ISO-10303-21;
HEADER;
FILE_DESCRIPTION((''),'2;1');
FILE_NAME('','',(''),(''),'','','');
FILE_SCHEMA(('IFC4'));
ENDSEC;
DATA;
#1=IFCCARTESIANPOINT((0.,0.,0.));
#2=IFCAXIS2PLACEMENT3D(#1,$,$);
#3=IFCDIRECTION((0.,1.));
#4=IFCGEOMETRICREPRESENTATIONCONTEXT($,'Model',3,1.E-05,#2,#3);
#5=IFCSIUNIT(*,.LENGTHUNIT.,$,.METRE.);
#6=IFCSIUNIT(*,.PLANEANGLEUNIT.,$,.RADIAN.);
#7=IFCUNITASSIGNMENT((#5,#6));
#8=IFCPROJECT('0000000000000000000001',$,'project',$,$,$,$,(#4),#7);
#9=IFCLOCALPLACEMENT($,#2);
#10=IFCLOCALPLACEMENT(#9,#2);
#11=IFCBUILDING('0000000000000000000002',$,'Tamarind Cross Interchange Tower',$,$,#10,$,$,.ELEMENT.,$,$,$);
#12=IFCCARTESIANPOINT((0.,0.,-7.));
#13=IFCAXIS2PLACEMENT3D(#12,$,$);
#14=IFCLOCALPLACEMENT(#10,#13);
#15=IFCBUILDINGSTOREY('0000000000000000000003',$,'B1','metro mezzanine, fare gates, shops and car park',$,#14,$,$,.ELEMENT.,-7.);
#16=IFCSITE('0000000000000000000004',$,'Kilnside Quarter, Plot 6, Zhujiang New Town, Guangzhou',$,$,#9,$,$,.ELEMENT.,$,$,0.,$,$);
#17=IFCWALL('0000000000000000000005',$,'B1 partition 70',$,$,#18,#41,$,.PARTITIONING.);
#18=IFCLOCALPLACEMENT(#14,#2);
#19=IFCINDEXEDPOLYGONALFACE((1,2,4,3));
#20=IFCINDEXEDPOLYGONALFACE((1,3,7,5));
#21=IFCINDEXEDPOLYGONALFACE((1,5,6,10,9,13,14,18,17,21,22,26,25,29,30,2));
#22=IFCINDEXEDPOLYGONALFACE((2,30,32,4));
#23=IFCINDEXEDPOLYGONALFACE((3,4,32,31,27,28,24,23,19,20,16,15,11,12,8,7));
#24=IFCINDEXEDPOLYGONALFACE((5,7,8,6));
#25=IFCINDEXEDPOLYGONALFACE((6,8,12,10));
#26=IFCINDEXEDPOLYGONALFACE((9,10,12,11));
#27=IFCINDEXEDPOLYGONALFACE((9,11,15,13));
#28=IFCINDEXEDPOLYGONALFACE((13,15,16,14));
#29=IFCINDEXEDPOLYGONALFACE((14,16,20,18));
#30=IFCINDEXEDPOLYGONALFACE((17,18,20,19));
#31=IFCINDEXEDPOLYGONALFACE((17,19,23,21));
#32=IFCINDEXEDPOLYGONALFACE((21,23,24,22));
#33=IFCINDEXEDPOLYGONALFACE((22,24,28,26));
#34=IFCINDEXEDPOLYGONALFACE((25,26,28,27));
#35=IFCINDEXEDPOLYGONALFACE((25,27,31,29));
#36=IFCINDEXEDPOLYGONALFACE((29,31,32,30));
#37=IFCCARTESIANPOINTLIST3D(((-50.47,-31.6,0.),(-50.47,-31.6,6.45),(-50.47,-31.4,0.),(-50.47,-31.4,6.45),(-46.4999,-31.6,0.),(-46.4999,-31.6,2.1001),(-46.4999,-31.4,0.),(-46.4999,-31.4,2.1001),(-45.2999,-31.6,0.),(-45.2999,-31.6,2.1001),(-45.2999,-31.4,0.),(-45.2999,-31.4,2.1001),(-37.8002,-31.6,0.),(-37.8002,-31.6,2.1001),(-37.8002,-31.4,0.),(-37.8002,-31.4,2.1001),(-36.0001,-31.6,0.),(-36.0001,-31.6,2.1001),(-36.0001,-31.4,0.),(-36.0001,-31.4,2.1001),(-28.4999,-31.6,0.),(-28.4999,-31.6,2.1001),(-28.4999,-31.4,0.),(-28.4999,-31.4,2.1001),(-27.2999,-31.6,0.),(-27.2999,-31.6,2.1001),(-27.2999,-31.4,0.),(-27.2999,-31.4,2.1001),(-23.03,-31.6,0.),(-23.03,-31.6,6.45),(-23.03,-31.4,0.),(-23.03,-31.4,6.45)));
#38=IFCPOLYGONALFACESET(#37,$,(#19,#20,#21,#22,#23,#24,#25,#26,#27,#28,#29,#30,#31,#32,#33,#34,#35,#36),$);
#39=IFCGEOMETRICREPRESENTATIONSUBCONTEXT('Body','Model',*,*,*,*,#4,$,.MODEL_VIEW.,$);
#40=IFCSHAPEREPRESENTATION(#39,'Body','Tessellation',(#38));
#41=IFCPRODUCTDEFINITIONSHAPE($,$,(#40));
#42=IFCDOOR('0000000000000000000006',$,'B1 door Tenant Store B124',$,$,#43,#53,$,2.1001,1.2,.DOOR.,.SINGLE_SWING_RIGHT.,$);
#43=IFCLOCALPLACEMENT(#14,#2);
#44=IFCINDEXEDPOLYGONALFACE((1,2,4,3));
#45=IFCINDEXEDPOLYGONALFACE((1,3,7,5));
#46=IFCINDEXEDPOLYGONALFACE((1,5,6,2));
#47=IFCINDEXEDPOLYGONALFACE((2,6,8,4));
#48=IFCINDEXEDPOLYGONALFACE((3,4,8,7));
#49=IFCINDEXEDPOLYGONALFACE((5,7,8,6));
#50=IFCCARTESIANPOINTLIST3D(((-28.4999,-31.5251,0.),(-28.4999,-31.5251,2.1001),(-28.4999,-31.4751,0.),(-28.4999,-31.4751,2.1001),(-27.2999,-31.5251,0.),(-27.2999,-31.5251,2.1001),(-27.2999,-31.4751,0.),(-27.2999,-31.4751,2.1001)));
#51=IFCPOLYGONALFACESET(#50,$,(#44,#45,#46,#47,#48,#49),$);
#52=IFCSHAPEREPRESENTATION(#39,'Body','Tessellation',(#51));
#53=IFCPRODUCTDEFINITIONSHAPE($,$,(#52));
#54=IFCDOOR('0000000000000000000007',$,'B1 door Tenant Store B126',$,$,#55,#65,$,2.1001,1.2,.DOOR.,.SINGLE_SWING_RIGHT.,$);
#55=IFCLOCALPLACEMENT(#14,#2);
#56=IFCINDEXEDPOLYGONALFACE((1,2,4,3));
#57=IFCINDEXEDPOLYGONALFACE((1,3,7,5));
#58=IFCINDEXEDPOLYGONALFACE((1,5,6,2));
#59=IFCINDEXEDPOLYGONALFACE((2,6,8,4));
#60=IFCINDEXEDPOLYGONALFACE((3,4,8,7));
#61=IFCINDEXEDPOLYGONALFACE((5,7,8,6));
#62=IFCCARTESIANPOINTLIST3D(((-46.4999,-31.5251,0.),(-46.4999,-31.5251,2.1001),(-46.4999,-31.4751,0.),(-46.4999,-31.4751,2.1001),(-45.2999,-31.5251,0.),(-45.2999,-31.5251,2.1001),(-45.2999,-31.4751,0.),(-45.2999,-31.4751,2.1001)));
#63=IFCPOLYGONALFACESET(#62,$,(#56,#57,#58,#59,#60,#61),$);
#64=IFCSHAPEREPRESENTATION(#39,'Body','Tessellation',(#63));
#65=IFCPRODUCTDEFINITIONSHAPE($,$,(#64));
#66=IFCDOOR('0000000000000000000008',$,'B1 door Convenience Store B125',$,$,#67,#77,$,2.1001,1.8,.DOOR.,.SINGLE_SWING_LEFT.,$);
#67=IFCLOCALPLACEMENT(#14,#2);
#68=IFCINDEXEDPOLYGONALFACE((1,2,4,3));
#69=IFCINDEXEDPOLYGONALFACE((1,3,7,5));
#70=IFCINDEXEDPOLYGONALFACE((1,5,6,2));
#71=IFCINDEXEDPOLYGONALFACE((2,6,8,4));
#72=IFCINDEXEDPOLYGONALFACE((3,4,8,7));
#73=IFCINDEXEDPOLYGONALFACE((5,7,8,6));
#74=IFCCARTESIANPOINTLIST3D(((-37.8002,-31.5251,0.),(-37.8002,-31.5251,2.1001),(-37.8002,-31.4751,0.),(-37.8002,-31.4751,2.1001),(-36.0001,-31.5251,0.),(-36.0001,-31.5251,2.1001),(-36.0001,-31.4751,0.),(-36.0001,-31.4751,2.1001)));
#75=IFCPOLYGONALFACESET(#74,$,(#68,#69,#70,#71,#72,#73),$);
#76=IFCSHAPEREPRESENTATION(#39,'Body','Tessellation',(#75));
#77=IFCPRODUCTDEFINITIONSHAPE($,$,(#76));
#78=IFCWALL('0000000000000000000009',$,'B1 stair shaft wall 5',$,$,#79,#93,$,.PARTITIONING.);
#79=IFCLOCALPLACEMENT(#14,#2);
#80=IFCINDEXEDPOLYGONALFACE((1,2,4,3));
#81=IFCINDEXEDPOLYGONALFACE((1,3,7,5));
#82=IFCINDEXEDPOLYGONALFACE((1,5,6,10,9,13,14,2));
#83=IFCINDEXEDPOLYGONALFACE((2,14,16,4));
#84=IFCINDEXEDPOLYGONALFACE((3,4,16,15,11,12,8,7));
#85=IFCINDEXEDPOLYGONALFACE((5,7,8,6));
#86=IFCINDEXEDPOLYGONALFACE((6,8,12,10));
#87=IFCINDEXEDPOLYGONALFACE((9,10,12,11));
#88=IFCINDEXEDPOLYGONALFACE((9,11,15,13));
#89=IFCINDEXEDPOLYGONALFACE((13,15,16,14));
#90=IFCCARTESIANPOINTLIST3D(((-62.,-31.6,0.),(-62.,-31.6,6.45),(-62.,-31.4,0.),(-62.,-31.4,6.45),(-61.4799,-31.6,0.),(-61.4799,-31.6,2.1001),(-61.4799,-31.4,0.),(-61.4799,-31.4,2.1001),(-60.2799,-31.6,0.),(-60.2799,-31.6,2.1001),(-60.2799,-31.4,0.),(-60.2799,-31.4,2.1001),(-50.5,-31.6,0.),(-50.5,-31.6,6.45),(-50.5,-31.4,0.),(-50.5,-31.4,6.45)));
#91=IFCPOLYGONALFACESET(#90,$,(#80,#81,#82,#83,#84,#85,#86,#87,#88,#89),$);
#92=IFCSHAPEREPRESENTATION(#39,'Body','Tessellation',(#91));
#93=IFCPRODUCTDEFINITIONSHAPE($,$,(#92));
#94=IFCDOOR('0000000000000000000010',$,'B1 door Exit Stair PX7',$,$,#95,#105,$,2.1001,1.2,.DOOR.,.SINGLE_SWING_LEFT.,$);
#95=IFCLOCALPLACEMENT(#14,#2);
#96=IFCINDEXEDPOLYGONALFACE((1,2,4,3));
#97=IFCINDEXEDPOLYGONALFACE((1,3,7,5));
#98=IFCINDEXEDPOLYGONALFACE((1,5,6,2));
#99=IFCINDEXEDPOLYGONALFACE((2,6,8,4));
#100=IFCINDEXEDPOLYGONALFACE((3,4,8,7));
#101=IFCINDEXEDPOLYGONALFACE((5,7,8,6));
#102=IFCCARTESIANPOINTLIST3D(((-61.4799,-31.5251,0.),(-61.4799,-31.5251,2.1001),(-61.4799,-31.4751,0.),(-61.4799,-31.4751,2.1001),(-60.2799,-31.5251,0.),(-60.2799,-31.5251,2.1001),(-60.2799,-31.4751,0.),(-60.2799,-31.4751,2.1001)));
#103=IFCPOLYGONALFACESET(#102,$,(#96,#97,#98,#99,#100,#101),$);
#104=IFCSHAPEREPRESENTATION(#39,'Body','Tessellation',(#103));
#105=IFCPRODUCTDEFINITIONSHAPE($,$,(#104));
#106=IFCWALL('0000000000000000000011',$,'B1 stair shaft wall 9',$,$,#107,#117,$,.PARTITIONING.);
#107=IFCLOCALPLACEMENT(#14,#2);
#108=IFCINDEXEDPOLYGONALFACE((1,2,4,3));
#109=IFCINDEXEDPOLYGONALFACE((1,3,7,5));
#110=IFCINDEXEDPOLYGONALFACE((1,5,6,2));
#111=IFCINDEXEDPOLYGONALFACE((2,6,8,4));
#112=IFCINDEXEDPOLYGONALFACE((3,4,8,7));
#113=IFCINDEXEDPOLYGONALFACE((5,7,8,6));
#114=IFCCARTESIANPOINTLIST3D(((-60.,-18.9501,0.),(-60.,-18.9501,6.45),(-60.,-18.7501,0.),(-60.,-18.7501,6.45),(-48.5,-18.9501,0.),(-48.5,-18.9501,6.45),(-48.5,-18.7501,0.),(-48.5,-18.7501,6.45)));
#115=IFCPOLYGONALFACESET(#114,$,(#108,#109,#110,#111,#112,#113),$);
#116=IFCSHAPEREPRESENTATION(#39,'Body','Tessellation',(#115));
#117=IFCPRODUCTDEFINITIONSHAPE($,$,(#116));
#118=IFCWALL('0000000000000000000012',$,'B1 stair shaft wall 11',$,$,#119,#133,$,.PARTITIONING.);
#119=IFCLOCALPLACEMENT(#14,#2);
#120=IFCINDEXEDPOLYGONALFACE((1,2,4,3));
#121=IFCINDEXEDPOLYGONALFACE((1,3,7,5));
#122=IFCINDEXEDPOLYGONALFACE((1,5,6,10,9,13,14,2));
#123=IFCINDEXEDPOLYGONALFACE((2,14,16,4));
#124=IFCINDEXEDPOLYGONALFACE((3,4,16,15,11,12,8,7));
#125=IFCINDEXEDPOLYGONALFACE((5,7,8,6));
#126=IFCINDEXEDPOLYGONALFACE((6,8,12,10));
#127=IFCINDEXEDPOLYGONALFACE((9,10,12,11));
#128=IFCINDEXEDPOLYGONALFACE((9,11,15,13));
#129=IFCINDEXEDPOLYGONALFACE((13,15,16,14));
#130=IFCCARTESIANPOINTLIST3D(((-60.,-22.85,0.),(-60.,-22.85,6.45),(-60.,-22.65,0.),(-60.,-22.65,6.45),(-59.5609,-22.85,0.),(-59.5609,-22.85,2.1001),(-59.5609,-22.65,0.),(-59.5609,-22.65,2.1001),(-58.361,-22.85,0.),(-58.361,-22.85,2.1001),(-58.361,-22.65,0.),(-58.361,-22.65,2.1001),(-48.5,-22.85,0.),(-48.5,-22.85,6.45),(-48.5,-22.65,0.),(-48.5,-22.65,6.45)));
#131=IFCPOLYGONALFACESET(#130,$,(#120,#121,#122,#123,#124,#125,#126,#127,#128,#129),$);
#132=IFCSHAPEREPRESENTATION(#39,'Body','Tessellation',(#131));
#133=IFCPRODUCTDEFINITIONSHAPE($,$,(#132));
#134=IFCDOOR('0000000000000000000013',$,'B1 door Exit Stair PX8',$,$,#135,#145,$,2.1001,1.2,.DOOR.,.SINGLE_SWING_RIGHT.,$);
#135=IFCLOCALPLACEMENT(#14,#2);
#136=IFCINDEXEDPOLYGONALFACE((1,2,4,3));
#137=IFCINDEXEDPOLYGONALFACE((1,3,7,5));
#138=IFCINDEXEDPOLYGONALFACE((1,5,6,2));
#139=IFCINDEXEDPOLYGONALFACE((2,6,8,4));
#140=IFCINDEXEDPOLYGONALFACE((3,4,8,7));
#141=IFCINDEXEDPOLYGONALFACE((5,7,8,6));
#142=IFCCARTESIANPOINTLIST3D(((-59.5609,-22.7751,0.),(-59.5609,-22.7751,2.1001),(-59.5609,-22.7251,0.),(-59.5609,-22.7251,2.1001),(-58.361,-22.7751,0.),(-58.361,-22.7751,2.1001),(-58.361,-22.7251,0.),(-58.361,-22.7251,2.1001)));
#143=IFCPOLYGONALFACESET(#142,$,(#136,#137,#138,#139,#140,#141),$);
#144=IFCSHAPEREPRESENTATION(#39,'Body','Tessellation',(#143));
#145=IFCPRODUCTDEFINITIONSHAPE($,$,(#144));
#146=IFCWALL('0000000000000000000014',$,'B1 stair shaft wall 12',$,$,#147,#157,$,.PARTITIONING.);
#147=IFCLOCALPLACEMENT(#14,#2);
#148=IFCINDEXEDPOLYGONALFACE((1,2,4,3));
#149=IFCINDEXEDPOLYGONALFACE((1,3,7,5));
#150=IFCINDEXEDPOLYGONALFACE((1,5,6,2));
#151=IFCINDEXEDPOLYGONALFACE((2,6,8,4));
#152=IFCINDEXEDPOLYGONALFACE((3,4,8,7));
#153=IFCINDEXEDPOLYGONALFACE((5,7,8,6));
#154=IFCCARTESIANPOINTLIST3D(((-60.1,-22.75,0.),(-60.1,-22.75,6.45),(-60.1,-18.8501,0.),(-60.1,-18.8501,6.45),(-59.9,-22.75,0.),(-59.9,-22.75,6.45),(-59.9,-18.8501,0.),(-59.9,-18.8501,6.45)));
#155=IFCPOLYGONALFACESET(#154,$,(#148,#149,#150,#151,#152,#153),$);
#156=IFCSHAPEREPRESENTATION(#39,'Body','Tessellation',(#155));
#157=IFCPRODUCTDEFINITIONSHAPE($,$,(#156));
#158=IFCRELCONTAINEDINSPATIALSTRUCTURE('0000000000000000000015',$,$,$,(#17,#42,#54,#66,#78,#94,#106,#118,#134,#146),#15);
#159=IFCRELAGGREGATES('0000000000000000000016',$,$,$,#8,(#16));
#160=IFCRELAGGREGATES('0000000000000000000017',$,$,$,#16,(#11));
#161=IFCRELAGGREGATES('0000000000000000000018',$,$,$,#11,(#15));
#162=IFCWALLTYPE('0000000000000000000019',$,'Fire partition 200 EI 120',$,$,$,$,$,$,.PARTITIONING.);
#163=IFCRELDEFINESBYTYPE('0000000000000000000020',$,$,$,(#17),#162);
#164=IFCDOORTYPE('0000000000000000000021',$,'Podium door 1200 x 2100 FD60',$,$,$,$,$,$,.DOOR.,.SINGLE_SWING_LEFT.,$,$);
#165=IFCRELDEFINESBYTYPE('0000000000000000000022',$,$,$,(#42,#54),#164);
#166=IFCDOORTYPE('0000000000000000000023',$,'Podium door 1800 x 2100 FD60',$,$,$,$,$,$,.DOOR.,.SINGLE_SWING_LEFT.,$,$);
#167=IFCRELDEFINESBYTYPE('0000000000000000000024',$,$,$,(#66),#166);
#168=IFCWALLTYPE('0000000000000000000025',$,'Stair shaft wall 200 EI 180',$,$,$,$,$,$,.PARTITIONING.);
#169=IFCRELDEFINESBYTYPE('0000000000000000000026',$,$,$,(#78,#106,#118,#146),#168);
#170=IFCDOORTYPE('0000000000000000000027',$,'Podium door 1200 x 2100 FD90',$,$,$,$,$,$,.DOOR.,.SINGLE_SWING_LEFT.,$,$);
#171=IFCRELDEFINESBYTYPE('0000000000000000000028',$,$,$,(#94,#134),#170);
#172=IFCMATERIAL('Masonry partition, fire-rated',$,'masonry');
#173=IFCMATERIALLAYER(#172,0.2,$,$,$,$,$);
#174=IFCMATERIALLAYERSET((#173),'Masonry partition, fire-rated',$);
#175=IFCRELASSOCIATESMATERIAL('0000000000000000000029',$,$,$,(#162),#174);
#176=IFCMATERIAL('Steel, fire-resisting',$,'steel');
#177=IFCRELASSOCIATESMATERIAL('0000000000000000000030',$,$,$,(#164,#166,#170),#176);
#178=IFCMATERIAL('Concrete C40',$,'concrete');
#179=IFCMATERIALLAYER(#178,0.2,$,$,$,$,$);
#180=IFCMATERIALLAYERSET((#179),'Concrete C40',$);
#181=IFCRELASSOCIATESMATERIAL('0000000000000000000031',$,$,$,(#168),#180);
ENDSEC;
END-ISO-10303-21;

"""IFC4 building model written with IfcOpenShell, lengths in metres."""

from ifc_helpers import new_model, si_unit, direction, frame, frame_2d, origin, place, context, subcontext, project, spatial, rectangle, extrude, material, layer, layer_set, type_object, element, fill, save


model = new_model("IFC4")

# Units and contexts
model_context = context("Model", 3, precision=1e-05, world=origin(), true_north=direction((0.0, 1.0)))
body_context = subcontext(model_context, "Body", "Model", "MODEL_VIEW")
ifc_project = project(units=[si_unit("LENGTHUNIT", "METRE"), si_unit("PLANEANGLEUNIT", "RADIAN")], contexts=[model_context])

# Site, building, storey
site_placement = place(None, origin())
site = spatial("IfcSite", under=ifc_project, at=site_placement, Name="Kilnside Quarter, Plot 6, Zhujiang New Town, Guangzhou", CompositionType="ELEMENT", RefElevation=0.0)
building_placement = place(site_placement, origin())
building = spatial("IfcBuilding", under=site, at=building_placement, Name="Tamarind Cross Interchange Tower", CompositionType="ELEMENT")
storey_placement = place(building_placement, frame((0.0, 0.0, -7.0)))
storey = spatial("IfcBuildingStorey", under=building, at=storey_placement, Name="B1", Description="metro mezzanine, fare gates, shops and car park", CompositionType="ELEMENT", Elevation=-7.0)

# Shared definitions
ifc_material_1 = material(Name="Masonry partition, fire-rated", Category="masonry")
ifc_layer_1 = layer(ifc_material_1, 0.2)
ifc_layer_set_1 = layer_set([ifc_layer_1], Name="Masonry partition, fire-rated")
wall_type_1 = type_object("IfcWallType", Name="Fire partition 200 EI 120", PredefinedType="PARTITIONING", material=ifc_layer_set_1)
ifc_material_2 = material(Name="Steel, fire-resisting", Category="steel")
door_type_1 = type_object("IfcDoorType", Name="Podium door 1200 x 2100 FD60", OperationType="SINGLE_SWING_LEFT", PredefinedType="DOOR", material=ifc_material_2)

# Shared definitions
door_type_2 = type_object("IfcDoorType", Name="Podium door 1800 x 2100 FD60", OperationType="SINGLE_SWING_LEFT", PredefinedType="DOOR", material=ifc_material_2)

# Wall, openings, doors
wall_1_placement = place(storey_placement, frame((-50.47, -31.5, 0.0), z_axis=(0.0, 0.0, 1.0), x_axis=(1.0, 0.0, 0.0)))
wall_1 = element("IfcWall", 1, at=wall_1_placement, inside=storey, type_object=wall_type_1, Name="B1 partition 70", PredefinedType="PARTITIONING", context=body_context, shape_type="SweptSolid", body=[
    extrude(rectangle(XDim=27.4399, YDim=0.2, at=frame_2d((13.72, 0.0))), origin(), (0.0, 0.0, 1.0), 6.45),
])
opening_1_placement = place(wall_1_placement, frame((21.97, 0.0, 0.0)))
opening_1 = element("IfcOpeningElement", 2, at=opening_1_placement, cuts=wall_1, PredefinedType="OPENING", context=body_context, shape_type="SweptSolid", body=[
    extrude(rectangle(XDim=1.2, YDim=2.1001, at=frame_2d((0.6001, 1.05))), frame((0.0, 0.1099, 0.0), z_axis=(0.0, -1.0, 0.0), x_axis=(1.0, 0.0, 0.0)), (0.0, 0.0, 1.0), 0.22),
])
opening_2_placement = place(wall_1_placement, frame((12.6699, 0.0, 0.0)))
opening_2 = element("IfcOpeningElement", 3, at=opening_2_placement, cuts=wall_1, PredefinedType="OPENING", context=body_context, shape_type="SweptSolid", body=[
    extrude(rectangle(XDim=1.8, YDim=2.1001, at=frame_2d((0.8999, 1.05))), frame((0.0, 0.1099, 0.0), z_axis=(0.0, -1.0, 0.0), x_axis=(1.0, 0.0, 0.0)), (0.0, 0.0, 1.0), 0.22),
])
opening_3_placement = place(wall_1_placement, frame((3.97, 0.0, 0.0)))
opening_3 = element("IfcOpeningElement", 4, at=opening_3_placement, cuts=wall_1, PredefinedType="OPENING", context=body_context, shape_type="SweptSolid", body=[
    extrude(rectangle(XDim=1.2, YDim=2.1001, at=frame_2d((0.6001, 1.05))), frame((0.0, 0.1099, 0.0), z_axis=(0.0, -1.0, 0.0), x_axis=(1.0, 0.0, 0.0)), (0.0, 0.0, 1.0), 0.22),
])
door_1_placement = place(opening_1_placement, origin())
door_1 = element("IfcDoor", 5, at=door_1_placement, inside=storey, type_object=door_type_1, Name="B1 door Tenant Store B124", OperationType="SINGLE_SWING_RIGHT", OverallHeight=2.1001, OverallWidth=1.2, PredefinedType="DOOR", context=body_context, shape_type="SweptSolid", body=[
    extrude(rectangle(XDim=1.2, YDim=2.1001, at=frame_2d((0.6001, 1.05))), frame((0.0, 0.0249, 0.0), z_axis=(0.0, -1.0, 0.0), x_axis=(1.0, 0.0, 0.0)), (0.0, 0.0, 1.0), 0.05),
])
fill(opening_1, door_1)
door_2_placement = place(opening_3_placement, origin())
door_2 = element("IfcDoor", 6, at=door_2_placement, inside=storey, type_object=door_type_1, Name="B1 door Tenant Store B126", OperationType="SINGLE_SWING_RIGHT", OverallHeight=2.1001, OverallWidth=1.2, PredefinedType="DOOR", context=body_context, shape_type="SweptSolid", body=[
    extrude(rectangle(XDim=1.2, YDim=2.1001, at=frame_2d((0.6001, 1.05))), frame((0.0, 0.0249, 0.0), z_axis=(0.0, -1.0, 0.0), x_axis=(1.0, 0.0, 0.0)), (0.0, 0.0, 1.0), 0.05),
])
fill(opening_3, door_2)
door_3_placement = place(opening_2_placement, origin())
door_3 = element("IfcDoor", 7, at=door_3_placement, inside=storey, type_object=door_type_2, Name="B1 door Convenience Store B125", OperationType="SINGLE_SWING_LEFT", OverallHeight=2.1001, OverallWidth=1.8, PredefinedType="DOOR", context=body_context, shape_type="SweptSolid", body=[
    extrude(rectangle(XDim=1.8, YDim=2.1001, at=frame_2d((0.8999, 1.05))), frame((0.0, 0.0249, 0.0), z_axis=(0.0, -1.0, 0.0), x_axis=(1.0, 0.0, 0.0)), (0.0, 0.0, 1.0), 0.05),
])
fill(opening_2, door_3)

# Wall, opening, door
ifc_material_3 = material(Name="Concrete C40", Category="concrete")
ifc_layer_2 = layer(ifc_material_3, 0.2)
ifc_layer_set_2 = layer_set([ifc_layer_2], Name="Concrete C40")
wall_type_2 = type_object("IfcWallType", Name="Stair shaft wall 200 EI 180", PredefinedType="PARTITIONING", material=ifc_layer_set_2)
wall_2_placement = place(storey_placement, frame((-62.0, -31.5, 0.0), z_axis=(0.0, 0.0, 1.0), x_axis=(1.0, 0.0, 0.0)))
wall_2 = element("IfcWall", 8, at=wall_2_placement, inside=storey, type_object=wall_type_2, Name="B1 stair shaft wall 5", PredefinedType="PARTITIONING", context=body_context, shape_type="SweptSolid", body=[
    extrude(rectangle(XDim=11.5, YDim=0.2, at=frame_2d((5.75, 0.0))), origin(), (0.0, 0.0, 1.0), 6.45),
])
opening_4_placement = place(wall_2_placement, frame((0.52, 0.0, 0.0)))
opening_4 = element("IfcOpeningElement", 9, at=opening_4_placement, cuts=wall_2, PredefinedType="OPENING", context=body_context, shape_type="SweptSolid", body=[
    extrude(rectangle(XDim=1.2, YDim=2.1001, at=frame_2d((0.6001, 1.05))), frame((0.0, 0.1099, 0.0), z_axis=(0.0, -1.0, 0.0), x_axis=(1.0, 0.0, 0.0)), (0.0, 0.0, 1.0), 0.22),
])
door_type_3 = type_object("IfcDoorType", Name="Podium door 1200 x 2100 FD90", OperationType="SINGLE_SWING_LEFT", PredefinedType="DOOR", material=ifc_material_2)
door_4_placement = place(opening_4_placement, origin())
door_4 = element("IfcDoor", 10, at=door_4_placement, inside=storey, type_object=door_type_3, Name="B1 door Exit Stair PX7", OperationType="SINGLE_SWING_LEFT", OverallHeight=2.1001, OverallWidth=1.2, PredefinedType="DOOR", context=body_context, shape_type="SweptSolid", body=[
    extrude(rectangle(XDim=1.2, YDim=2.1001, at=frame_2d((0.6001, 1.05))), frame((0.0, 0.0249, 0.0), z_axis=(0.0, -1.0, 0.0), x_axis=(1.0, 0.0, 0.0)), (0.0, 0.0, 1.0), 0.05),
])
fill(opening_4, door_4)

# Wall
wall_3_placement = place(storey_placement, frame((-60.0, -18.8501, 0.0), z_axis=(0.0, 0.0, 1.0), x_axis=(1.0, 0.0, 0.0)))
element("IfcWall", 11, at=wall_3_placement, inside=storey, type_object=wall_type_2, Name="B1 stair shaft wall 9", PredefinedType="PARTITIONING", context=body_context, shape_type="SweptSolid", body=[
    extrude(rectangle(XDim=11.5, YDim=0.2, at=frame_2d((5.75, 0.0))), origin(), (0.0, 0.0, 1.0), 6.45),
])

# Wall, opening, door
wall_4_placement = place(storey_placement, frame((-60.0, -22.75, 0.0), z_axis=(0.0, 0.0, 1.0), x_axis=(1.0, 0.0, 0.0)))
wall_4 = element("IfcWall", 12, at=wall_4_placement, inside=storey, type_object=wall_type_2, Name="B1 stair shaft wall 11", PredefinedType="PARTITIONING", context=body_context, shape_type="SweptSolid", body=[
    extrude(rectangle(XDim=11.5, YDim=0.2, at=frame_2d((5.75, 0.0))), origin(), (0.0, 0.0, 1.0), 6.45),
])
opening_5_placement = place(wall_4_placement, frame((0.439, 0.0, 0.0)))
opening_5 = element("IfcOpeningElement", 13, at=opening_5_placement, cuts=wall_4, PredefinedType="OPENING", context=body_context, shape_type="SweptSolid", body=[
    extrude(rectangle(XDim=1.2, YDim=2.1001, at=frame_2d((0.6001, 1.05))), frame((0.0, 0.1099, 0.0), z_axis=(0.0, -1.0, 0.0), x_axis=(1.0, 0.0, 0.0)), (0.0, 0.0, 1.0), 0.22),
])
door_5_placement = place(opening_5_placement, origin())
door_5 = element("IfcDoor", 14, at=door_5_placement, inside=storey, type_object=door_type_3, Name="B1 door Exit Stair PX8", OperationType="SINGLE_SWING_RIGHT", OverallHeight=2.1001, OverallWidth=1.2, PredefinedType="DOOR", context=body_context, shape_type="SweptSolid", body=[
    extrude(rectangle(XDim=1.2, YDim=2.1001, at=frame_2d((0.6001, 1.05))), frame((0.0, 0.0249, 0.0), z_axis=(0.0, -1.0, 0.0), x_axis=(1.0, 0.0, 0.0)), (0.0, 0.0, 1.0), 0.05),
])
fill(opening_5, door_5)

# Wall
wall_5_placement = place(storey_placement, frame((-60.0, -22.75, 0.0), z_axis=(0.0, 0.0, 1.0), x_axis=(0.0, 1.0, 0.0)))
element("IfcWall", 15, at=wall_5_placement, inside=storey, type_object=wall_type_2, Name="B1 stair shaft wall 12", PredefinedType="PARTITIONING", context=body_context, shape_type="SweptSolid", body=[
    extrude(rectangle(XDim=3.8999, YDim=0.2, at=frame_2d((1.95, 0.0))), origin(), (0.0, 0.0, 1.0), 6.45),
])

save(model, "model.ifc")
